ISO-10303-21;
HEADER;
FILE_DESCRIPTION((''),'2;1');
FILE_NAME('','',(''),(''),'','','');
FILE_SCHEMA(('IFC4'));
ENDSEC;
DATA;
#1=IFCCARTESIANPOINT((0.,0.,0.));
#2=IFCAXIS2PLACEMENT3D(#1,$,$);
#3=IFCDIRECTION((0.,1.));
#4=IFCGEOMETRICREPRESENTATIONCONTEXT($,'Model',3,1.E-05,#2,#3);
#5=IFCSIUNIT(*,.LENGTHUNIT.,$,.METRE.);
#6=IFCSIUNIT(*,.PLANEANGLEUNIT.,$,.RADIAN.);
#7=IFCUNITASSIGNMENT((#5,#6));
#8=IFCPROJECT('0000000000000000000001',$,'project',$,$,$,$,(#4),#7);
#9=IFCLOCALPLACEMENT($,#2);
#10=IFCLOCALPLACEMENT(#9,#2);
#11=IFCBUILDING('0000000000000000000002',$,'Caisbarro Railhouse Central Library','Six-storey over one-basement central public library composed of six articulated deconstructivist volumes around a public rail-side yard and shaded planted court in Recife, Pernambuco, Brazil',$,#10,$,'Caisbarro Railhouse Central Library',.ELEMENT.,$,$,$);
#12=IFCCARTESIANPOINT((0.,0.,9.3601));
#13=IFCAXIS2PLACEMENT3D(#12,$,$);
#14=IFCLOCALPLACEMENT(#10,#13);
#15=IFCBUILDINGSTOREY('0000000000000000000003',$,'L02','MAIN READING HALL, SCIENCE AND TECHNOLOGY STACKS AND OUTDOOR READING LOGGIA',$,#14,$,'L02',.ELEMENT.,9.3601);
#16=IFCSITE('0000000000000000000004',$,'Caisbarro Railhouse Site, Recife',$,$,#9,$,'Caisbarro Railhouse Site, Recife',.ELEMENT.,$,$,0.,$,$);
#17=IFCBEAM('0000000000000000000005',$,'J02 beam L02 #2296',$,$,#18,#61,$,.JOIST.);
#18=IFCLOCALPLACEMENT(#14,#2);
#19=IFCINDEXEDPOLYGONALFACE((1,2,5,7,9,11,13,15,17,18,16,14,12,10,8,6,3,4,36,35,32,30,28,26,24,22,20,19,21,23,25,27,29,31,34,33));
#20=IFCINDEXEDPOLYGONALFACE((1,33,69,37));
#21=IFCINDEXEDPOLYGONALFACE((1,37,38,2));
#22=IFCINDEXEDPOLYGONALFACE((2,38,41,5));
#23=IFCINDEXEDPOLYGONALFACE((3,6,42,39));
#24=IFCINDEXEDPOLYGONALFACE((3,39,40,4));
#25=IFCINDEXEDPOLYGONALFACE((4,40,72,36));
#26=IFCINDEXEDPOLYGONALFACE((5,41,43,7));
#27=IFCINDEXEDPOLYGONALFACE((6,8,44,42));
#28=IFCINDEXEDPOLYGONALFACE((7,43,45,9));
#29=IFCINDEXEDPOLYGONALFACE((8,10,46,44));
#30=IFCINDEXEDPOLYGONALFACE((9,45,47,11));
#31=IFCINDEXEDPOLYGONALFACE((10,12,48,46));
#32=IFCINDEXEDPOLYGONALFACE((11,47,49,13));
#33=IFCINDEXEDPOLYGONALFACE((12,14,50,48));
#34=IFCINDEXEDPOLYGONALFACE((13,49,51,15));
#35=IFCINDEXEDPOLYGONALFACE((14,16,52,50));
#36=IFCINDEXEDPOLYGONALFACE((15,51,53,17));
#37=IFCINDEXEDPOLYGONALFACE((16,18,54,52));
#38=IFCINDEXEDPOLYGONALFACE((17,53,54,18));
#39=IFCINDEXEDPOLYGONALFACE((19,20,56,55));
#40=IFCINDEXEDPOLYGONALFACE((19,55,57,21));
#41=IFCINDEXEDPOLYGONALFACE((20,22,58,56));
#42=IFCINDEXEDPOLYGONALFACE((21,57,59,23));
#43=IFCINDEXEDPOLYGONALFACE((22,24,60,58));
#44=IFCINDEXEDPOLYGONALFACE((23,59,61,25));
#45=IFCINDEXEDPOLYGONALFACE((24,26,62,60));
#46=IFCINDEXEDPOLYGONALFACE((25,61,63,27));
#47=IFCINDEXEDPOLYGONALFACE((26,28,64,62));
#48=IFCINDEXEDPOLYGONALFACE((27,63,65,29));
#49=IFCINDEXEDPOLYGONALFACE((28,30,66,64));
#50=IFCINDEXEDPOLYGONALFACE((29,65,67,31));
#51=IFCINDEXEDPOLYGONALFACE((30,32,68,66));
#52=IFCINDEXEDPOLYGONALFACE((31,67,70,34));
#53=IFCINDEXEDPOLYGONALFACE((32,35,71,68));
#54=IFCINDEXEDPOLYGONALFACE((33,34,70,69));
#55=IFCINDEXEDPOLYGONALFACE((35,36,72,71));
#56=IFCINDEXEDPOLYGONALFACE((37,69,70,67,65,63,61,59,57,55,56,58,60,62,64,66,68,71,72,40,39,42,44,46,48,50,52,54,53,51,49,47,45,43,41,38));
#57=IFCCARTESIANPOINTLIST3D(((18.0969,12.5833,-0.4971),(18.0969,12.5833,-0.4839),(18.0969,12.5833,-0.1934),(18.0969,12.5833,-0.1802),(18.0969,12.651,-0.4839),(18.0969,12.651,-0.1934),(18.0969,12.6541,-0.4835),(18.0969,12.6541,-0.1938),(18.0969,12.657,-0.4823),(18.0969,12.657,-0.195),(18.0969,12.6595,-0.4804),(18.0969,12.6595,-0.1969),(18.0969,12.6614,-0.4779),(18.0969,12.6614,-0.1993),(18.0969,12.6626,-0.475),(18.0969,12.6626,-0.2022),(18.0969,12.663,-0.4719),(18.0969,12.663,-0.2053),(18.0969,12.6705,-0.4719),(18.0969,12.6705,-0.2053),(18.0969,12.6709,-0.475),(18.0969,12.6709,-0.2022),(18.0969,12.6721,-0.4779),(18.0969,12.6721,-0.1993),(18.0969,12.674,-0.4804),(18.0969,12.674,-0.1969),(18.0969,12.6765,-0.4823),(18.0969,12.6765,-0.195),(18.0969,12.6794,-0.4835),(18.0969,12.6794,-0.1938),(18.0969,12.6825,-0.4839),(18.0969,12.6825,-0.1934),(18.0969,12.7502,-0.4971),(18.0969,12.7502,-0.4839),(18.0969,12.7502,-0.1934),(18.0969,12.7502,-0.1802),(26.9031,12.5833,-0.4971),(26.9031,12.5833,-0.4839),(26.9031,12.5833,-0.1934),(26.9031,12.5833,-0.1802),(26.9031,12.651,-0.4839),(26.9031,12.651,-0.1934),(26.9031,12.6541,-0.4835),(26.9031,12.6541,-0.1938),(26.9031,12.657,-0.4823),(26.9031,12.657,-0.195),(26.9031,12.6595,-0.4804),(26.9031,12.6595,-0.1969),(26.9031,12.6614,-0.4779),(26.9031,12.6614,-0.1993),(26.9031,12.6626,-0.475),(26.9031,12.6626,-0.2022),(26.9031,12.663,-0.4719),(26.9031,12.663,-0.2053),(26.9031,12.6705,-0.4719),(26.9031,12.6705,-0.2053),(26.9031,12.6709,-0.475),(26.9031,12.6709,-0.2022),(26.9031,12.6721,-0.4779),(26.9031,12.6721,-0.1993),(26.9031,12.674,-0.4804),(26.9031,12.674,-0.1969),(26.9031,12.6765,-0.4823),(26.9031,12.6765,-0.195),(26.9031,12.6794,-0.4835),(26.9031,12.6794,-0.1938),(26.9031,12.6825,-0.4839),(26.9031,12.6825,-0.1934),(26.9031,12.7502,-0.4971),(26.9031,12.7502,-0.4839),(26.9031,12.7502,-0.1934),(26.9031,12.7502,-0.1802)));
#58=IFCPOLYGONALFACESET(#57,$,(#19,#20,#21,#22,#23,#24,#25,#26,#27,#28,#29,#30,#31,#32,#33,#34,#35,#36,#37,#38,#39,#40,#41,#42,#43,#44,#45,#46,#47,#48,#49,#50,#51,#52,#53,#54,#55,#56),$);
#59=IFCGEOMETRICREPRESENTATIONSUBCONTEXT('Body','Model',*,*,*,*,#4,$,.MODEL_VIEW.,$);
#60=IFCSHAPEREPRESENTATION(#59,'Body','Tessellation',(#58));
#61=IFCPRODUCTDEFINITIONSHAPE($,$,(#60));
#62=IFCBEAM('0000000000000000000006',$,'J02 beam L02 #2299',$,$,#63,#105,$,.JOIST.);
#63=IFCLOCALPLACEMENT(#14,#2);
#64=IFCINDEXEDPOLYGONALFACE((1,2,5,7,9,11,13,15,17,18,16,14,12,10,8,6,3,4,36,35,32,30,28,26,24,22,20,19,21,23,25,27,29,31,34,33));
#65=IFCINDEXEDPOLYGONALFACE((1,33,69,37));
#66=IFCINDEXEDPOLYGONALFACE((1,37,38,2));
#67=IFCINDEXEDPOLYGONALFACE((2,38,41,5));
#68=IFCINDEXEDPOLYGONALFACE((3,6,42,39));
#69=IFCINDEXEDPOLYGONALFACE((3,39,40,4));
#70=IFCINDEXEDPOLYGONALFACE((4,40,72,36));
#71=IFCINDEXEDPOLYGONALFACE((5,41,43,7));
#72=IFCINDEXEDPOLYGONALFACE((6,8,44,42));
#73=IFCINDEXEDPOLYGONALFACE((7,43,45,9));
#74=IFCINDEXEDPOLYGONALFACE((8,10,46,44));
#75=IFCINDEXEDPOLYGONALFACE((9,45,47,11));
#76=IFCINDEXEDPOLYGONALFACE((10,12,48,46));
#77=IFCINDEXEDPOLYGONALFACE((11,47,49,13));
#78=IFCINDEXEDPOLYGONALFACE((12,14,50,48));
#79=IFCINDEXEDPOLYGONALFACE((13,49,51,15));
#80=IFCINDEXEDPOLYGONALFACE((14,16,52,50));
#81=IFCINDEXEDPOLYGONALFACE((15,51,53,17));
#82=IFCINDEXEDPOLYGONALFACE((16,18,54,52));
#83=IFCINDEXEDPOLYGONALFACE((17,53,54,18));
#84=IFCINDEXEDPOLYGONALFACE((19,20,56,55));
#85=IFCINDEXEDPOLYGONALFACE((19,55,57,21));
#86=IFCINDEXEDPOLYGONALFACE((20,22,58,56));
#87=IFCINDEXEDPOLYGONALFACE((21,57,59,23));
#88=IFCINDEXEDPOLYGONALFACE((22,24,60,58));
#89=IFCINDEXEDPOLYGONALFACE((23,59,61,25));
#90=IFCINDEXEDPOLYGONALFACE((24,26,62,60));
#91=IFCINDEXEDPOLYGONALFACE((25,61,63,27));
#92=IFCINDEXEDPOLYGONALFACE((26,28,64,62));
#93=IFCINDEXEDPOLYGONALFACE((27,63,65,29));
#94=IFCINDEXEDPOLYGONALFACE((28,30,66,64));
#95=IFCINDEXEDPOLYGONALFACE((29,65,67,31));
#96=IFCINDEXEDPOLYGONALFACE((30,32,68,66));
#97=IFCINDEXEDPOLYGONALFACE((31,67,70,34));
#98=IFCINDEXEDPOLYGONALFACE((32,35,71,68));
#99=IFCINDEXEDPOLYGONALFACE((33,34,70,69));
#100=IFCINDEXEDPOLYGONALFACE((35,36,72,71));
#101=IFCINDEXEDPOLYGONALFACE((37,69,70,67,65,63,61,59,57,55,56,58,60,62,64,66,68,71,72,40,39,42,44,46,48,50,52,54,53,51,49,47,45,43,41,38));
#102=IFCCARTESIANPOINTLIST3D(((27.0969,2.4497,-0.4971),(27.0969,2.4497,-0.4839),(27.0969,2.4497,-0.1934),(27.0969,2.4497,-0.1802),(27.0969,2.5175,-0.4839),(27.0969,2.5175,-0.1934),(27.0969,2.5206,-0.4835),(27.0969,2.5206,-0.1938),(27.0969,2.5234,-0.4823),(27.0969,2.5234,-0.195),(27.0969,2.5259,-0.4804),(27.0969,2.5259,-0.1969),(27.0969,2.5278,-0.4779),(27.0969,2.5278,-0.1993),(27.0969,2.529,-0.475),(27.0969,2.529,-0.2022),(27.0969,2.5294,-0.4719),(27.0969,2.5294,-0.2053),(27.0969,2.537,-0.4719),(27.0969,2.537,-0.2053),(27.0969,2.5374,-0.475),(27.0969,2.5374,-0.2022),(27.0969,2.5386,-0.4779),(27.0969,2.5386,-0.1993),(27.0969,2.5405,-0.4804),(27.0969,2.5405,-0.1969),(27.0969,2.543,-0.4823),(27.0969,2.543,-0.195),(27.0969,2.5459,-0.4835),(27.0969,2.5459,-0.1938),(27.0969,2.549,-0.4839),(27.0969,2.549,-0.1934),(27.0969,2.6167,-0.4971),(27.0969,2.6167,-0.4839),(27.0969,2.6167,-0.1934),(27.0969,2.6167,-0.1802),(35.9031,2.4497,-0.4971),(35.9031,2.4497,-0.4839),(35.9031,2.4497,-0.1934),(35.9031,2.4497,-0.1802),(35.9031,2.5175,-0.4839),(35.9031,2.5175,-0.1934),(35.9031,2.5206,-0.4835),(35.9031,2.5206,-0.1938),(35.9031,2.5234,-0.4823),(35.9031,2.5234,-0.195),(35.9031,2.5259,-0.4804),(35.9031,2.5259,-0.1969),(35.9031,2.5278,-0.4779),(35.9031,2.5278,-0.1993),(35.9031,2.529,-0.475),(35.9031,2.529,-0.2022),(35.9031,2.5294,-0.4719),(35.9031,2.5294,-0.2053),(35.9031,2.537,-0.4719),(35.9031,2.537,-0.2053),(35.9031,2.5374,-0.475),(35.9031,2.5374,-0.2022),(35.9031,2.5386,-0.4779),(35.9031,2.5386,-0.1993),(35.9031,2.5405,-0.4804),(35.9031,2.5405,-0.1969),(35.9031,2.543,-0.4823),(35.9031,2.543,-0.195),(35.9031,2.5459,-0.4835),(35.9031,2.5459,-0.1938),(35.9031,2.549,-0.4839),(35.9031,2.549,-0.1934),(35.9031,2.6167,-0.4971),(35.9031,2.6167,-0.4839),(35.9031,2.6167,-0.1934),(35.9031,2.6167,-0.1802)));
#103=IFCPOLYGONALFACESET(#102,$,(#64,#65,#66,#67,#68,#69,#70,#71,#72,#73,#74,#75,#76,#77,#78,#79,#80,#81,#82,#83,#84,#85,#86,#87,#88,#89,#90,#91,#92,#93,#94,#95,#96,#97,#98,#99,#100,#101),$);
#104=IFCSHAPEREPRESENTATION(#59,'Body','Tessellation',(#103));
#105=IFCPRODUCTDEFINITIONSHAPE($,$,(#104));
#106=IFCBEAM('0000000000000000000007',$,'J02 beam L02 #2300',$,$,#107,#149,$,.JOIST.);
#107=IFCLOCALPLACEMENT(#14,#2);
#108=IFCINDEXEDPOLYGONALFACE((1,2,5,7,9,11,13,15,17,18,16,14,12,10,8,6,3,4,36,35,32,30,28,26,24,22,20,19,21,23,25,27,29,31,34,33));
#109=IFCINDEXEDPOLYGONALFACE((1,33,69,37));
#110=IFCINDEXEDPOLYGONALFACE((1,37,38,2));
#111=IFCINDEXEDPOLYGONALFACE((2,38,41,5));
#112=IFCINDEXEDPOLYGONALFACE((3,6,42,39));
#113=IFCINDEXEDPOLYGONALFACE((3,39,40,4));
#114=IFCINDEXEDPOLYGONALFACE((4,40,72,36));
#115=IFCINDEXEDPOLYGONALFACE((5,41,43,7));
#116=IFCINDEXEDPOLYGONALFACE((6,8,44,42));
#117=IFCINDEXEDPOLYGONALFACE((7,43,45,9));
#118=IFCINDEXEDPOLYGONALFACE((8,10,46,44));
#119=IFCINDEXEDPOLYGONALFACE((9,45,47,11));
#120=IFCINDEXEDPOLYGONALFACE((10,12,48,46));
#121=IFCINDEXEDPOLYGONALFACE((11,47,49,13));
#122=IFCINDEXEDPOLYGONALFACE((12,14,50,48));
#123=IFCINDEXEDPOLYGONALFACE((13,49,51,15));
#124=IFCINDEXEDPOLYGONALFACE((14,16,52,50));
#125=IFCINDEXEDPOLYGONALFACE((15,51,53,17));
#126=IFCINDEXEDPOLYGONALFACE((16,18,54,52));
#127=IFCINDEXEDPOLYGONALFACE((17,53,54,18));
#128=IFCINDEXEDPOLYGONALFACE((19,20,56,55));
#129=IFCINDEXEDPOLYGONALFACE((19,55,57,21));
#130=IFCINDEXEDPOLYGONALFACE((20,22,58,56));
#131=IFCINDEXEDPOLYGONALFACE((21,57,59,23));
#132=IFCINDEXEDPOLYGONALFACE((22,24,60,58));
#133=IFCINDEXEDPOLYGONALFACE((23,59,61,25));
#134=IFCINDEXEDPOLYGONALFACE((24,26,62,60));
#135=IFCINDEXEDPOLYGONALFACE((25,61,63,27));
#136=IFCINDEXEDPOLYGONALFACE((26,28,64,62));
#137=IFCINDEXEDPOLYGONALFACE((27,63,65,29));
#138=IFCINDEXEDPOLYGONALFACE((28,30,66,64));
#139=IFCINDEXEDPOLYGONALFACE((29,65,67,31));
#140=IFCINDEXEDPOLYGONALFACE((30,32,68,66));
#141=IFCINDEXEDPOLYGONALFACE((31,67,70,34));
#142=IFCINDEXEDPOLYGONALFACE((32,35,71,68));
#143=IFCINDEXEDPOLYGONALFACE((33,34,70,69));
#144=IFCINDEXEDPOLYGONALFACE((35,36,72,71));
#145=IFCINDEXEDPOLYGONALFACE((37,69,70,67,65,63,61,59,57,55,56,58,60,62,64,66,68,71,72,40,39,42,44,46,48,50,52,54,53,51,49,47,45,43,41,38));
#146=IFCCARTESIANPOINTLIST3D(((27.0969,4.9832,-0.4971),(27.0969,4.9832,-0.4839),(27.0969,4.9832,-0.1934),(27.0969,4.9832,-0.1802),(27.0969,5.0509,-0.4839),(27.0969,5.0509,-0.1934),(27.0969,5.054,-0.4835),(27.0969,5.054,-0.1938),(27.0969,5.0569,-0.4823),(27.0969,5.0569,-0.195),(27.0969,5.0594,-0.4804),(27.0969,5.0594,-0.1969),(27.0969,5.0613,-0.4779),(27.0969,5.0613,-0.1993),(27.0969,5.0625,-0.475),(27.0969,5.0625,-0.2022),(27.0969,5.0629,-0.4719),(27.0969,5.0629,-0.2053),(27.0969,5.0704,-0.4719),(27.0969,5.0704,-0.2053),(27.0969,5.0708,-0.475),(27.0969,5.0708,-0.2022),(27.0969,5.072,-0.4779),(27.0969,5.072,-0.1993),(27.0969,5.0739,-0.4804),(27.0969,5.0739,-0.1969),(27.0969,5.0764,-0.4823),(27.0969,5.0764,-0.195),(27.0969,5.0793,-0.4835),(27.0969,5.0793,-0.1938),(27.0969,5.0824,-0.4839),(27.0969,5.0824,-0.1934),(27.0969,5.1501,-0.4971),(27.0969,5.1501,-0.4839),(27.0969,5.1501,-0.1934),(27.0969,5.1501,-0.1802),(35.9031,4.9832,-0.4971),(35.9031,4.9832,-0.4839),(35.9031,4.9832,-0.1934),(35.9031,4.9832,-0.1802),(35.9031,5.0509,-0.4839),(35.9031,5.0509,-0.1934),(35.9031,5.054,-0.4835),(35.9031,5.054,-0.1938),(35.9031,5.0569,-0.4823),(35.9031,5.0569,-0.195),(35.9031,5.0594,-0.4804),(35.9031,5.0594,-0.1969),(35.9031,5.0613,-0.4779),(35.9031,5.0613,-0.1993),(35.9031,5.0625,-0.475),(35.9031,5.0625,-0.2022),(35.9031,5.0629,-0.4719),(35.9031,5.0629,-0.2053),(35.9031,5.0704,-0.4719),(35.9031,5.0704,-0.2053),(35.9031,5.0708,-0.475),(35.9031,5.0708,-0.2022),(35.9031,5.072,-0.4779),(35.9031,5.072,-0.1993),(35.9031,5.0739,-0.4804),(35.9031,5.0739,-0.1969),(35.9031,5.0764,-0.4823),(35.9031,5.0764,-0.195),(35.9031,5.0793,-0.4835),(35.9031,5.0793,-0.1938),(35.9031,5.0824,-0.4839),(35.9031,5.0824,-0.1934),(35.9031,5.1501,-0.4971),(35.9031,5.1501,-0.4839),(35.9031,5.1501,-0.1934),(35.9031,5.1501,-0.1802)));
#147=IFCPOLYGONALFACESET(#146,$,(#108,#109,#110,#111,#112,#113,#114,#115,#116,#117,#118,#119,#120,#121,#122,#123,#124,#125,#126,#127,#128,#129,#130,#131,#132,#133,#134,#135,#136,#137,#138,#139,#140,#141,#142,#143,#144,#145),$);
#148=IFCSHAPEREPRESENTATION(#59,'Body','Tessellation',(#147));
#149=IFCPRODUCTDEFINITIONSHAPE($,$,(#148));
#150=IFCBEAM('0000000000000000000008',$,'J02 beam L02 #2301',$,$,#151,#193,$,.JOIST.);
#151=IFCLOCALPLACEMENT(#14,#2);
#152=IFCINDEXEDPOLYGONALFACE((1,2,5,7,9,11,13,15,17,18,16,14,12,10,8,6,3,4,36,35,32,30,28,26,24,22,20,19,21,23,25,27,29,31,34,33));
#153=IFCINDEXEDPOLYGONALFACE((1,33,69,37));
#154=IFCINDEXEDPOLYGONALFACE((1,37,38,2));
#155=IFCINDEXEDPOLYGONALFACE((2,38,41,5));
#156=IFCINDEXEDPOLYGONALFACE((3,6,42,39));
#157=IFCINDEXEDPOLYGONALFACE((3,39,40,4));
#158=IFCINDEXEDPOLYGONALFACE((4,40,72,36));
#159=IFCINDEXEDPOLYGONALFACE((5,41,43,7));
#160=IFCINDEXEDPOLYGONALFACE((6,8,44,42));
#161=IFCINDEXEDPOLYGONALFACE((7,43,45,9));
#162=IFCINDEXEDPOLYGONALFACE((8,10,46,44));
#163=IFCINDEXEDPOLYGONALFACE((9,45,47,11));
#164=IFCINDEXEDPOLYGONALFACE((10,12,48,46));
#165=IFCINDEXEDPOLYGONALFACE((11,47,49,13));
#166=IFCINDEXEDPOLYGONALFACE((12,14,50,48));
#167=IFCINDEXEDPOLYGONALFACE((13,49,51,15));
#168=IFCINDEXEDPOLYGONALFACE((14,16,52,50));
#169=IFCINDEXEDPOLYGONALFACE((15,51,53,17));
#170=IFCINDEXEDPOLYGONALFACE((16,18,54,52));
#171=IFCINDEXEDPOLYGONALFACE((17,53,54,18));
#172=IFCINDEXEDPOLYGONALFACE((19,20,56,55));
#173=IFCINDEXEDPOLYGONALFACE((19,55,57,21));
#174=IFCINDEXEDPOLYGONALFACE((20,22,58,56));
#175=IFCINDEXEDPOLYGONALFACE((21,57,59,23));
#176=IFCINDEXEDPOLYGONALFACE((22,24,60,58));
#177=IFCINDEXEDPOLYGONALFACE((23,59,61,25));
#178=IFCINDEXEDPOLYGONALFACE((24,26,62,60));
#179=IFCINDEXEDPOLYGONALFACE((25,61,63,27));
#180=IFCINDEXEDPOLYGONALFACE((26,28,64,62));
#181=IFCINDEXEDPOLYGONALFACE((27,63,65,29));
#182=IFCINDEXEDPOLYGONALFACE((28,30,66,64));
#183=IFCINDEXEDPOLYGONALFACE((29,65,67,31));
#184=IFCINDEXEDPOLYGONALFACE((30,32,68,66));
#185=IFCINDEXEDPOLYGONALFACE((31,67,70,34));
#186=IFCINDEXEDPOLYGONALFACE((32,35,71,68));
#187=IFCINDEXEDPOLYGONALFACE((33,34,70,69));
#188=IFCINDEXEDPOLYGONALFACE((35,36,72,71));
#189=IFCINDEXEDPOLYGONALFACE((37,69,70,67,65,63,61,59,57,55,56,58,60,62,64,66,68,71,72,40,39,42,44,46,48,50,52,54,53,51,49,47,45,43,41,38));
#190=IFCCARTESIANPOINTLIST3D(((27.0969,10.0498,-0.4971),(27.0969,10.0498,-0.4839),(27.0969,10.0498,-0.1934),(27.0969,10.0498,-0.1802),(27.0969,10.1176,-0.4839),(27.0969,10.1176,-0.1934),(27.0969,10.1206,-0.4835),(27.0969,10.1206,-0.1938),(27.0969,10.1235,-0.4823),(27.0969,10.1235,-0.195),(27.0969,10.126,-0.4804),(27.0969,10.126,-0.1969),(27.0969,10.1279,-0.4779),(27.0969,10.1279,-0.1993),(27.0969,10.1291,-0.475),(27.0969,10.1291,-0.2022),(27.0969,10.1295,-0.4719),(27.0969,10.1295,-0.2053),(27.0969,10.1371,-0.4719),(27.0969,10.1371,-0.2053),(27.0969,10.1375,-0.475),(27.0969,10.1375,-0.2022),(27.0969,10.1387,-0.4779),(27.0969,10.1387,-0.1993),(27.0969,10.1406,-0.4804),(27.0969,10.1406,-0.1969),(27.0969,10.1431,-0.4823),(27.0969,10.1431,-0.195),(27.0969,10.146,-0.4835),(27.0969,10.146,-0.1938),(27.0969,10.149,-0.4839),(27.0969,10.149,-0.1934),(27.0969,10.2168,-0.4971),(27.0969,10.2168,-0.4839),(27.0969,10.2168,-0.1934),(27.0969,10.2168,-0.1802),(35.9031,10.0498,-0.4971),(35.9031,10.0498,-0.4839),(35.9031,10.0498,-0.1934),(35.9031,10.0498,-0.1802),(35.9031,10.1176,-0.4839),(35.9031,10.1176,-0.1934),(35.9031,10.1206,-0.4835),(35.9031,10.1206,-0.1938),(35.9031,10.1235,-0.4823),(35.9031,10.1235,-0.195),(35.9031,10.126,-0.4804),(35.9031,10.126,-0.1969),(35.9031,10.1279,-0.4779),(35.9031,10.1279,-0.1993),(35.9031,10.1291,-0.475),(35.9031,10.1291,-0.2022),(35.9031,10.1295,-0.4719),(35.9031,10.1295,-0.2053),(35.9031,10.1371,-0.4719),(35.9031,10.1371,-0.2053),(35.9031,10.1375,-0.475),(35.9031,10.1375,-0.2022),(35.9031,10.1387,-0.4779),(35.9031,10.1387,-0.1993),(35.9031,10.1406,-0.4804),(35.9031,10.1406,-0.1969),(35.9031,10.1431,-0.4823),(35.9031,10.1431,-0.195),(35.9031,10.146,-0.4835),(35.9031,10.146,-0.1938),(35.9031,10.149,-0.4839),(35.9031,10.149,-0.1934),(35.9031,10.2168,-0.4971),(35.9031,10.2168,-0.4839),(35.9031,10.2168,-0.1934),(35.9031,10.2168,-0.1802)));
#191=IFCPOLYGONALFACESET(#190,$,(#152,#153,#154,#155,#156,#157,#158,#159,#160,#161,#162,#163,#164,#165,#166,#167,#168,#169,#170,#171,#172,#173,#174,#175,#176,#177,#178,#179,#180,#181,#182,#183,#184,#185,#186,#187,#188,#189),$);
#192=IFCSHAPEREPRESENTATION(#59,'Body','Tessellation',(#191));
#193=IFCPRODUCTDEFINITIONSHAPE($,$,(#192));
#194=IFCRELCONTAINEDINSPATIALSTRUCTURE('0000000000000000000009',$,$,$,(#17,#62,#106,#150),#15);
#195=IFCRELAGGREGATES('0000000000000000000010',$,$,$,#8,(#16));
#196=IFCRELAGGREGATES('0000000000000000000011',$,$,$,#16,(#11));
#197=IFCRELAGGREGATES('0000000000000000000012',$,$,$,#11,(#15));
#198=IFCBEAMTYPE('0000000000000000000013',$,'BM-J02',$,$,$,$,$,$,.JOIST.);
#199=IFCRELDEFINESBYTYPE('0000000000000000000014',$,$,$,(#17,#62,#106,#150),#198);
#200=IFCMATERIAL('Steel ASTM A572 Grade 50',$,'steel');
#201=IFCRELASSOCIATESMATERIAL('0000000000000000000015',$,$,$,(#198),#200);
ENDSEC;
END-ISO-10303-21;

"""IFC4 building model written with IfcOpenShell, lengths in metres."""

from ifc_helpers import new_model, si_unit, direction, frame, origin, origin_2d, place, context, subcontext, project, spatial, i_section, extrude, material, material_profile, profile_set, type_object, element, save


model = new_model("IFC4")

# Units and contexts
model_context = context("Model", 3, precision=1e-05, world=origin(), true_north=direction((0.0, 1.0)))
body_context = subcontext(model_context, "Body", "Model", "MODEL_VIEW")
ifc_project = project(units=[si_unit("LENGTHUNIT", "METRE"), si_unit("PLANEANGLEUNIT", "RADIAN")], contexts=[model_context])

# Site, building, storey
site_placement = place(None, origin())
site = spatial("IfcSite", under=ifc_project, at=site_placement, Name="Caisbarro Railhouse Site, Recife", LongName="Caisbarro Railhouse Site, Recife", CompositionType="ELEMENT", RefElevation=0.0)
building_placement = place(site_placement, origin())
building = spatial("IfcBuilding", under=site, at=building_placement, Name="Caisbarro Railhouse Central Library", Description="Six-storey over one-basement central public library composed of six articulated deconstructivist volumes around a public rail-side yard and shaded planted court in Recife, Pernambuco, Brazil", LongName="Caisbarro Railhouse Central Library", CompositionType="ELEMENT")
storey_placement = place(building_placement, frame((0.0, 0.0, 9.3601)))
storey = spatial("IfcBuildingStorey", under=building, at=storey_placement, Name="L02", Description="MAIN READING HALL, SCIENCE AND TECHNOLOGY STACKS AND OUTDOOR READING LOGGIA", LongName="L02", CompositionType="ELEMENT", Elevation=9.3601)

# Beams
ifc_material_1 = material(Name="Steel ASTM A572 Grade 50", Category="steel")
ifc_material_profile_1 = material_profile(ifc_material_1, i_section(OverallWidth=0.167, OverallDepth=0.3169, WebThickness=0.0076, FlangeThickness=0.0132, FilletRadius=0.012, at=origin_2d()), Name="W310X52.0")
ifc_profile_set_1 = profile_set([ifc_material_profile_1], Name="Steel ASTM A572 Grade 50")
beam_type_1 = type_object("IfcBeamType", Name="BM-J02", PredefinedType="JOIST", material=ifc_profile_set_1)
for number, where, z_axis, x_axis, name in (
    (1, (18.0969, 12.6667, -0.3386), (1.0, 0.0, 0.0), (0.0, 1.0, 0.0), "J02 beam L02 #2296"),
    (2, (27.0969, 2.5332, -0.3386), (1.0, 0.0, 0.0), (0.0, 1.0, 0.0), "J02 beam L02 #2299"),
    (3, (27.0969, 5.0667, -0.3386), (1.0, 0.0, 0.0), (0.0, 1.0, 0.0), "J02 beam L02 #2300"),
    (4, (27.0969, 10.1333, -0.3386), (1.0, 0.0, 0.0), (0.0, 1.0, 0.0), "J02 beam L02 #2301"),
):
    element("IfcBeam", number, at=place(storey_placement, frame(where, z_axis=z_axis, x_axis=x_axis)), inside=storey, type_object=beam_type_1, Name=name, PredefinedType="JOIST", context=body_context, shape_type="SweptSolid", body=[
        extrude(i_section(OverallWidth=0.167, OverallDepth=0.3169, WebThickness=0.0076, FlangeThickness=0.0132, FilletRadius=0.012, at=origin_2d()), origin(), (0.0, 0.0, 1.0), 8.8062),
    ])

save(model, "model.ifc")
